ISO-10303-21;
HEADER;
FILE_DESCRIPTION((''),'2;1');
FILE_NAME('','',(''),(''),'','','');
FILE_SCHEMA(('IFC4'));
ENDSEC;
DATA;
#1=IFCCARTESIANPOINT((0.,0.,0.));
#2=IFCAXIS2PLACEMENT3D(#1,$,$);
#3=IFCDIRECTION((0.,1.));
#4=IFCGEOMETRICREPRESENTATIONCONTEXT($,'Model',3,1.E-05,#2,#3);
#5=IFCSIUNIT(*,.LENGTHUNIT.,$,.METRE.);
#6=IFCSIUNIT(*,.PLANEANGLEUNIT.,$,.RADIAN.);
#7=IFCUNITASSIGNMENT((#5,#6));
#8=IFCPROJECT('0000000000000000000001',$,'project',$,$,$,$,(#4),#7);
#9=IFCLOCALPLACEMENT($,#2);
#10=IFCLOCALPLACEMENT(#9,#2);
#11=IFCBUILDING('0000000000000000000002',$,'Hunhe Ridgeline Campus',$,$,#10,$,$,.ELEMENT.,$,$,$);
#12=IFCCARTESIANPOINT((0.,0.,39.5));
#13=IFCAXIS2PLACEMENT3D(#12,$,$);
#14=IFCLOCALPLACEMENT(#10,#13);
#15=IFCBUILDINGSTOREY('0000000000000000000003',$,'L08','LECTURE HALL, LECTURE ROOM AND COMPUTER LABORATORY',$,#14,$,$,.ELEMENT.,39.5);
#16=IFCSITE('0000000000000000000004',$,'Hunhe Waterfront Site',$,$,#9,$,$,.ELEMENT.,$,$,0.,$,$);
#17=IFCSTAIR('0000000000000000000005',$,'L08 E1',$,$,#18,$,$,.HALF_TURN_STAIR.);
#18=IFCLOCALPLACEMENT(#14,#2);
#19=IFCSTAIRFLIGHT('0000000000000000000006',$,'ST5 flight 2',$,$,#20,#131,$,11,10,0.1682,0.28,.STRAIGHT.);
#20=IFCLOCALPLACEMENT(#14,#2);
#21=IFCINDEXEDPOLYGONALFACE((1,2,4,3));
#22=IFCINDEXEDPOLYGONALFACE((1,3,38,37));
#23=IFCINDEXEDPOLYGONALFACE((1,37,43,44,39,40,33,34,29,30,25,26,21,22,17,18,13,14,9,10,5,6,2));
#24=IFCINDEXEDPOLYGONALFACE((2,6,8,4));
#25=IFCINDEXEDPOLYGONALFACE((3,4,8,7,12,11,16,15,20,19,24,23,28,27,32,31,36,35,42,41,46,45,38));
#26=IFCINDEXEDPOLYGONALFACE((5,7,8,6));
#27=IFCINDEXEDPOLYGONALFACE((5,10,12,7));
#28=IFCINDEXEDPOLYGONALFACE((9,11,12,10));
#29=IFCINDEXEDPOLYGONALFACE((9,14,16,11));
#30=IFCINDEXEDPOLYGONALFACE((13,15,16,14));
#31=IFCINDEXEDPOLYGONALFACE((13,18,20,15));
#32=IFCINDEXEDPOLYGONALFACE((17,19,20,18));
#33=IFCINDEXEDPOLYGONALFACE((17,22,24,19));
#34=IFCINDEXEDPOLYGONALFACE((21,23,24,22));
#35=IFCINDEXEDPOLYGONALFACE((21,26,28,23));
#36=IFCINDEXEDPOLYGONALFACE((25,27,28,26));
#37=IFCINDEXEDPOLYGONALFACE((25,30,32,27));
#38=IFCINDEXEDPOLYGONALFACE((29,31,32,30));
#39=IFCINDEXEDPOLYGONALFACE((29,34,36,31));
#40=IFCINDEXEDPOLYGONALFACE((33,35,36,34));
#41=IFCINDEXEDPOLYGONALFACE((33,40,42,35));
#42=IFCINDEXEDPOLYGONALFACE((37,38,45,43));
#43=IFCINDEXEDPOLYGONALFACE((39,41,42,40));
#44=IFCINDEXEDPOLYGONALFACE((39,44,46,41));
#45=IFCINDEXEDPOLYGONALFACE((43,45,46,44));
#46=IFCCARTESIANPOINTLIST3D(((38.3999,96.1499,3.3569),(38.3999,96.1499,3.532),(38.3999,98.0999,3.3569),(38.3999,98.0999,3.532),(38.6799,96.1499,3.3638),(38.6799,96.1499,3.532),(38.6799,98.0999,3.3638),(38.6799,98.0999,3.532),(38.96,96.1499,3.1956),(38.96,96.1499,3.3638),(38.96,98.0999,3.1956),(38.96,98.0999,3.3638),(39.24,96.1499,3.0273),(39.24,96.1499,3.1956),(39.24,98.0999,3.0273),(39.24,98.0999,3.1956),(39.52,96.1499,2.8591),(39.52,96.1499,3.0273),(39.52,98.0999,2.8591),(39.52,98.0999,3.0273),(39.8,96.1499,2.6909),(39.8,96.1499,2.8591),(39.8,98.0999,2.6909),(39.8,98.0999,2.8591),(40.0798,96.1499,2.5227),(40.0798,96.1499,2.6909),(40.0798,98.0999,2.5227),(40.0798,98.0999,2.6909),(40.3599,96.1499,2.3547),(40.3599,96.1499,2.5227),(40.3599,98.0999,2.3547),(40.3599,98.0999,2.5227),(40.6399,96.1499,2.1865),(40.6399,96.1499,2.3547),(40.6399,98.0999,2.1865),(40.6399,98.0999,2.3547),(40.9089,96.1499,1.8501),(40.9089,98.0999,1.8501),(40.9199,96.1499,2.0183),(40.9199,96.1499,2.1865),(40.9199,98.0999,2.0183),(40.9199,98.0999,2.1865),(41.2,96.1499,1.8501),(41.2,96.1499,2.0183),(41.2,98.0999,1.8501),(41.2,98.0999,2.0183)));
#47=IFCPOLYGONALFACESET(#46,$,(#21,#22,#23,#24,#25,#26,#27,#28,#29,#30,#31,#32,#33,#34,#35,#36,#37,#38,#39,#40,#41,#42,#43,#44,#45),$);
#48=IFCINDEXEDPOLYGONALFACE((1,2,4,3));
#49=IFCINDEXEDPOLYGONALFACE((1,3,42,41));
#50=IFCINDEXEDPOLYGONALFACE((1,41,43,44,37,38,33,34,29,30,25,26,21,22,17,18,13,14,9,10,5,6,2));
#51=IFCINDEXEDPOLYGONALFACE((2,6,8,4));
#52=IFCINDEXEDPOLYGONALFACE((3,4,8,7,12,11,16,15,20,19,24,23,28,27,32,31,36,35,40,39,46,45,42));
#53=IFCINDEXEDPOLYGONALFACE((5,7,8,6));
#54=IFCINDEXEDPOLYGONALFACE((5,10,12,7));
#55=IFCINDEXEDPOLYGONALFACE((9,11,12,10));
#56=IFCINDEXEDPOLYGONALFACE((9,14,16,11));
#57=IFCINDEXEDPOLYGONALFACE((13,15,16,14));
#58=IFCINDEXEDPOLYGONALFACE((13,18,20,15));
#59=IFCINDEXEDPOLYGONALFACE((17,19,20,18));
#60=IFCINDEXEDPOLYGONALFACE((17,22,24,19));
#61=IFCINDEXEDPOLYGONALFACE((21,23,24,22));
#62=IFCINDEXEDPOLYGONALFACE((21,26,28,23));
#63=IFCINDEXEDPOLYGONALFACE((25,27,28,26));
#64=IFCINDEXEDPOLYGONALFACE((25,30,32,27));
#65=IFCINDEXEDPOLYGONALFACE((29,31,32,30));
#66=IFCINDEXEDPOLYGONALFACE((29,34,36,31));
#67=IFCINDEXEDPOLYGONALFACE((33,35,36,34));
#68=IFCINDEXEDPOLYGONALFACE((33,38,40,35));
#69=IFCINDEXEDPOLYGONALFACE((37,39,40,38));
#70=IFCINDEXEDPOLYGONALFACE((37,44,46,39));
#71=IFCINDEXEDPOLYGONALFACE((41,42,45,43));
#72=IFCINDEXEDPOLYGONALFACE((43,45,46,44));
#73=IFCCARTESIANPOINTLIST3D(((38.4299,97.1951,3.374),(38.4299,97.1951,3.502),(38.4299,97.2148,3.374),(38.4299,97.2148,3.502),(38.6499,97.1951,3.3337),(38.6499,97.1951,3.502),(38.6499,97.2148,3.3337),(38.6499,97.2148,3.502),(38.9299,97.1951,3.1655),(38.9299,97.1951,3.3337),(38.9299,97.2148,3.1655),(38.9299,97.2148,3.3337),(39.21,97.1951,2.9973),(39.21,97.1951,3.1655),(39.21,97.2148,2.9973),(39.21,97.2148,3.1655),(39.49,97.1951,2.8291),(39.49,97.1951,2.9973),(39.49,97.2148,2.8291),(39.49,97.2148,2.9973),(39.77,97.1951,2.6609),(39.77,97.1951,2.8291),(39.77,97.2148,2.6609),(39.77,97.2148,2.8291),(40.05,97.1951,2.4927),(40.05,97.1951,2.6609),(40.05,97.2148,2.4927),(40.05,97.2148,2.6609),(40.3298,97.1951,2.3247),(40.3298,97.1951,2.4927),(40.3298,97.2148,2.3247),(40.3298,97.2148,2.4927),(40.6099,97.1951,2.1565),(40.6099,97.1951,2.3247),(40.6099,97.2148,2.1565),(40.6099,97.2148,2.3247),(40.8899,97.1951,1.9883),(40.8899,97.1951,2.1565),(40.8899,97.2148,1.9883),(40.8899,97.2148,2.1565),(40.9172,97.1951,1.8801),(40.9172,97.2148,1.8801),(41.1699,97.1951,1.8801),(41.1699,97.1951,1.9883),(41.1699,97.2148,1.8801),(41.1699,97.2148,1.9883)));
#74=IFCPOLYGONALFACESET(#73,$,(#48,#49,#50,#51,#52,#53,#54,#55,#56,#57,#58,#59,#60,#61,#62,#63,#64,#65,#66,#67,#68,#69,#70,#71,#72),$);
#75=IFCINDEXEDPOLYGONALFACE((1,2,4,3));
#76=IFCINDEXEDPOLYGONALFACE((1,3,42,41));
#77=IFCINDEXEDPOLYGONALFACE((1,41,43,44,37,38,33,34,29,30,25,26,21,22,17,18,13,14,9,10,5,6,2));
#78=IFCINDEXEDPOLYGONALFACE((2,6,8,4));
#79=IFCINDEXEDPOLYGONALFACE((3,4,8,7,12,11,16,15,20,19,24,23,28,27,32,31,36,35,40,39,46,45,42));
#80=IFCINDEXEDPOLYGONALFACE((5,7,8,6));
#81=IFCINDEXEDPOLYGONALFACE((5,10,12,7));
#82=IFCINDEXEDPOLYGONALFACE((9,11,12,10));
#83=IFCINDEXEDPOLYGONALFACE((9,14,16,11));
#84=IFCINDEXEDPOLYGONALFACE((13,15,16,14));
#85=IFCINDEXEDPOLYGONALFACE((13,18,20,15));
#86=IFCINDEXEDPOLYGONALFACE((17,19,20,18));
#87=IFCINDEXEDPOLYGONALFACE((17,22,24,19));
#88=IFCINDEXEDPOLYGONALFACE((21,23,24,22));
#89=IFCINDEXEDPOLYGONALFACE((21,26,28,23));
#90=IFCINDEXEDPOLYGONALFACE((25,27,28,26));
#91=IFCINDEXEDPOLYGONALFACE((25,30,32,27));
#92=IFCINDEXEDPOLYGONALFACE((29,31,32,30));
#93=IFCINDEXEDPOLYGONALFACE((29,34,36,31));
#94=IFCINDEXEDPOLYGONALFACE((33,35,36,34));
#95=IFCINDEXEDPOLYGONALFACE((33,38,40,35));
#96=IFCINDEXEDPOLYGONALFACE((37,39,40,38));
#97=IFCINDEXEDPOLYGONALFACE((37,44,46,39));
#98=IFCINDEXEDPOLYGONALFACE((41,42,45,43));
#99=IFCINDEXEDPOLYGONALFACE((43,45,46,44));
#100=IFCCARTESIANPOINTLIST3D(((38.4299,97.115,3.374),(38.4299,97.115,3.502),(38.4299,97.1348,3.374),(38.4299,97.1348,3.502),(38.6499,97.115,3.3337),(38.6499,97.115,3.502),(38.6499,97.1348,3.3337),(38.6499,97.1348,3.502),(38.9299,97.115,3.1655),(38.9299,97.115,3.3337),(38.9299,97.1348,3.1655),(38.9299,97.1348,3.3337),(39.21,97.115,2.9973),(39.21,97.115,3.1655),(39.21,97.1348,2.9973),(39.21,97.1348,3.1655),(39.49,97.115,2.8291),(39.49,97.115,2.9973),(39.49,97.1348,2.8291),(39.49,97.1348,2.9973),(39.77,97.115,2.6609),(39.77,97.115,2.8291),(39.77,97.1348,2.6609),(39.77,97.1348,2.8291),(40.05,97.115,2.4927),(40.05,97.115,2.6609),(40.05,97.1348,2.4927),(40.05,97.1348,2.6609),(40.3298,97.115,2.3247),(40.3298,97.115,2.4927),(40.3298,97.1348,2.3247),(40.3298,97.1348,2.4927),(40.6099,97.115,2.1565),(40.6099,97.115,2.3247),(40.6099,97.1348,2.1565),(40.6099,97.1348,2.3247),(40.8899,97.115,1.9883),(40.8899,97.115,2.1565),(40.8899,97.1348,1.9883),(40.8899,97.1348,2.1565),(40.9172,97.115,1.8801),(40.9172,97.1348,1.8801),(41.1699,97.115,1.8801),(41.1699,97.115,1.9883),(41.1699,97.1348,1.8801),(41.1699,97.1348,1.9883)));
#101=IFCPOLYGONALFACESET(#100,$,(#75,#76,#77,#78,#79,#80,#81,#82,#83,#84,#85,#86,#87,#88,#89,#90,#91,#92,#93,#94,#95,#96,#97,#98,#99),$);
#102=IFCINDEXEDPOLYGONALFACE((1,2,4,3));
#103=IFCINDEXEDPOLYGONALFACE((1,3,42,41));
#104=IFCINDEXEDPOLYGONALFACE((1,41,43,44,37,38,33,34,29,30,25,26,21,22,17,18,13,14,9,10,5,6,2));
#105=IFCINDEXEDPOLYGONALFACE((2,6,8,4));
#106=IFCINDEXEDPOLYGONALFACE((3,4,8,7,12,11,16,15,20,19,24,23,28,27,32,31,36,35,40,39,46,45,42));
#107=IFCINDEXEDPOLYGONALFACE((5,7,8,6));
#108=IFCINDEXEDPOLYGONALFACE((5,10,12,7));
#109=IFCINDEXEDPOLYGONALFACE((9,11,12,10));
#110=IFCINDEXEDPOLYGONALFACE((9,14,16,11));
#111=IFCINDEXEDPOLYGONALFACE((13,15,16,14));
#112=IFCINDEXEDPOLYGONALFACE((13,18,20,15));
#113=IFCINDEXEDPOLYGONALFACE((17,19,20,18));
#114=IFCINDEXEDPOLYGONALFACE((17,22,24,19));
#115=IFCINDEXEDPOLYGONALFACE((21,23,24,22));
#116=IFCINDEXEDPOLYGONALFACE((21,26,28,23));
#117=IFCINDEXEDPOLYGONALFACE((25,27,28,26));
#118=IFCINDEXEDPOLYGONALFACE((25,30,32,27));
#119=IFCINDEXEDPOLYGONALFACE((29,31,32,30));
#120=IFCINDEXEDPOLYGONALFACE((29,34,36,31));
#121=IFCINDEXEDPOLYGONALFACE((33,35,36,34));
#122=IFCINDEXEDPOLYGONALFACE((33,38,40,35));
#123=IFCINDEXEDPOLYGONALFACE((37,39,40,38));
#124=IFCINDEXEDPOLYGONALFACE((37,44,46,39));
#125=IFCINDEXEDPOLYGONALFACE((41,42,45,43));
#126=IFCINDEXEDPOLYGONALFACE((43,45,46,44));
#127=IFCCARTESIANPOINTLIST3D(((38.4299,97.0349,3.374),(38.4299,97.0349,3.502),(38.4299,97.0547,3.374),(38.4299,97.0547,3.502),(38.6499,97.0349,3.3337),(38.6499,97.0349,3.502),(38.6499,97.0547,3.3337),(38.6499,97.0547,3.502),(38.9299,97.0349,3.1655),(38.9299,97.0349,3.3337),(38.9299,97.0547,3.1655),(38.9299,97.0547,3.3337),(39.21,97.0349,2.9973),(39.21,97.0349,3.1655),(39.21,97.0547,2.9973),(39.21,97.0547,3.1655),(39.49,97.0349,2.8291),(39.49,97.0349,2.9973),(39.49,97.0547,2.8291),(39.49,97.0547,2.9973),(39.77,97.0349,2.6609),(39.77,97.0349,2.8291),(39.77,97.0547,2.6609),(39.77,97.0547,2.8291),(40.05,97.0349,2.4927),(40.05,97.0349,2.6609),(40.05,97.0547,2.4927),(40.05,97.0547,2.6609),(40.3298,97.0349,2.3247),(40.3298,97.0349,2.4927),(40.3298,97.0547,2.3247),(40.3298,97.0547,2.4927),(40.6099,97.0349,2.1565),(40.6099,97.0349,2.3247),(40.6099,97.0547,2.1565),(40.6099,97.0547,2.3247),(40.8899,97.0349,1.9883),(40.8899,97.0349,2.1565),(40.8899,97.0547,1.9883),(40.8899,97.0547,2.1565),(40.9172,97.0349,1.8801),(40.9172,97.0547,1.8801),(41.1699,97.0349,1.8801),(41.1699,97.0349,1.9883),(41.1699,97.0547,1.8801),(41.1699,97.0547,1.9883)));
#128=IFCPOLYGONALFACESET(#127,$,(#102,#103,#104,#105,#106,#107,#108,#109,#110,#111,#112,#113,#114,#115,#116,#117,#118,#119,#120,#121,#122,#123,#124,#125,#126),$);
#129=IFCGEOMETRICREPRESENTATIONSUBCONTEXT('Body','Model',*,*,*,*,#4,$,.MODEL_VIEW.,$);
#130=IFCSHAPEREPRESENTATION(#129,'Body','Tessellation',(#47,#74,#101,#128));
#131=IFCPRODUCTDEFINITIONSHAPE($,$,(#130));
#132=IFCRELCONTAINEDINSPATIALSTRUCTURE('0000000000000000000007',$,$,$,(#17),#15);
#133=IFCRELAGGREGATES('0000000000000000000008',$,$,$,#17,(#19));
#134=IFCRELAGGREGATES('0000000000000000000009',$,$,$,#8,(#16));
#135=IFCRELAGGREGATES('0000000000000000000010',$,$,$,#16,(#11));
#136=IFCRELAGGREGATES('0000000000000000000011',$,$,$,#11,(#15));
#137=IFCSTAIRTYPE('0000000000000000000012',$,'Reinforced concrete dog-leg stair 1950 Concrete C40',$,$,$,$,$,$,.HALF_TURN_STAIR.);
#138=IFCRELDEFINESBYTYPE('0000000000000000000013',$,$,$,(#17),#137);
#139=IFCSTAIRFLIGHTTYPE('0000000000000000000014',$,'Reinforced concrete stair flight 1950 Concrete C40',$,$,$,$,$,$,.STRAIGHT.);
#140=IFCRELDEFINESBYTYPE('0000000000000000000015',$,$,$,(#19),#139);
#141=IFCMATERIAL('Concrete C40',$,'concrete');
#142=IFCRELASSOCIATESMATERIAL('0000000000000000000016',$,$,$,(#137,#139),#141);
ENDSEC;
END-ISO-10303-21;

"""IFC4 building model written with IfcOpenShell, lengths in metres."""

from ifc_helpers import new_model, si_unit, direction, frame, origin, place, context, subcontext, project, spatial, polyline, outline, extrude, material, type_object, element, aggregate, save


model = new_model("IFC4")

# Units and contexts
model_context = context("Model", 3, precision=1e-05, world=origin(), true_north=direction((0.0, 1.0)))
body_context = subcontext(model_context, "Body", "Model", "MODEL_VIEW")
ifc_project = project(units=[si_unit("LENGTHUNIT", "METRE"), si_unit("PLANEANGLEUNIT", "RADIAN")], contexts=[model_context])

# Site, building, storey
site_placement = place(None, origin())
site = spatial("IfcSite", under=ifc_project, at=site_placement, Name="Hunhe Waterfront Site", CompositionType="ELEMENT", RefElevation=0.0)
building_placement = place(site_placement, origin())
building = spatial("IfcBuilding", under=site, at=building_placement, Name="Hunhe Ridgeline Campus", CompositionType="ELEMENT")
storey_placement = place(building_placement, frame((0.0, 0.0, 39.5)))
storey = spatial("IfcBuildingStorey", under=building, at=storey_placement, Name="L08", Description="LECTURE HALL, LECTURE ROOM AND COMPUTER LABORATORY", CompositionType="ELEMENT", Elevation=39.5)

# Stair, stair flight
ifc_material_1 = material(Name="Concrete C40", Category="concrete")
stair_type = type_object("IfcStairType", Name="Reinforced concrete dog-leg stair 1950 Concrete C40", PredefinedType="HALF_TURN_STAIR", material=ifc_material_1)
stair_1_placement = place(storey_placement, origin())
stair_1 = element("IfcStair", 1, at=stair_1_placement, inside=storey, type_object=stair_type, Name="L08 E1", PredefinedType="HALF_TURN_STAIR")
stair_flight_type = type_object("IfcStairFlightType", Name="Reinforced concrete stair flight 1950 Concrete C40", PredefinedType="STRAIGHT", material=ifc_material_1)
stair_flight_1_placement = place(storey_placement, frame((41.2, 97.125, 1.8501), z_axis=(0.0, 0.0, 1.0), x_axis=(-1.0, 0.0, 0.0)))
stair_flight_1 = element("IfcStairFlight", 2, at=stair_flight_1_placement, type_object=stair_flight_type, Name="ST5 flight 2", NumberOfRisers=11, NumberOfTreads=10, PredefinedType="STRAIGHT", RiserHeight=0.1682, TreadLength=0.28, context=body_context, shape_type="SweptSolid", body=[
    extrude(outline(polyline([(0.0, 0.0), (0.0, 0.1682), (0.28, 0.1682), (0.28, 0.3364), (0.5601, 0.3364), (0.5601, 0.5046), (0.8401, 0.5046), (0.8401, 0.6726), (1.1201, 0.6726), (1.1201, 0.8408), (1.3999, 0.8408), (1.3999, 1.009), (1.6799, 1.009), (1.6799, 1.1772), (1.96, 1.1772), (1.96, 1.3455), (2.24, 1.3455), (2.24, 1.5137), (2.52, 1.5137), (2.52, 1.6819), (2.8, 1.6819), (2.8, 1.8501), (2.8, 1.5068), (0.291, 0.0), (0.0, 0.0)])), frame((0.0, 0.9751, 0.0), z_axis=(0.0, -1.0, 0.0), x_axis=(1.0, 0.0, 0.0)), (0.0, 0.0, 1.0), 1.95),
    extrude(outline(polyline([(0.03, 0.03), (0.03, 0.1382), (0.3101, 0.1382), (0.3101, 0.3064), (0.5901, 0.3064), (0.5901, 0.4746), (0.8701, 0.4746), (0.8701, 0.6426), (1.1499, 0.6426), (1.1499, 0.8108), (1.4299, 0.8108), (1.4299, 0.979), (1.71, 0.979), (1.71, 1.1472), (1.99, 1.1472), (1.99, 1.3154), (2.27, 1.3154), (2.27, 1.4836), (2.55, 1.4836), (2.55, 1.6519), (2.77, 1.6519), (2.77, 1.5239), (0.2827, 0.03), (0.03, 0.03)])), frame((0.0, -0.0701, 0.0), z_axis=(0.0, -1.0, 0.0), x_axis=(1.0, 0.0, 0.0)), (0.0, 0.0, 1.0), 0.0198),
    extrude(outline(polyline([(0.03, 0.03), (0.03, 0.1382), (0.3101, 0.1382), (0.3101, 0.3064), (0.5901, 0.3064), (0.5901, 0.4746), (0.8701, 0.4746), (0.8701, 0.6426), (1.1499, 0.6426), (1.1499, 0.8108), (1.4299, 0.8108), (1.4299, 0.979), (1.71, 0.979), (1.71, 1.1472), (1.99, 1.1472), (1.99, 1.3154), (2.27, 1.3154), (2.27, 1.4836), (2.55, 1.4836), (2.55, 1.6519), (2.77, 1.6519), (2.77, 1.5239), (0.2827, 0.03), (0.03, 0.03)])), frame((0.0, 0.01, 0.0), z_axis=(0.0, -1.0, 0.0), x_axis=(1.0, 0.0, 0.0)), (0.0, 0.0, 1.0), 0.0198),
    extrude(outline(polyline([(0.03, 0.03), (0.03, 0.1382), (0.3101, 0.1382), (0.3101, 0.3064), (0.5901, 0.3064), (0.5901, 0.4746), (0.8701, 0.4746), (0.8701, 0.6426), (1.1499, 0.6426), (1.1499, 0.8108), (1.4299, 0.8108), (1.4299, 0.979), (1.71, 0.979), (1.71, 1.1472), (1.99, 1.1472), (1.99, 1.3154), (2.27, 1.3154), (2.27, 1.4836), (2.55, 1.4836), (2.55, 1.6519), (2.77, 1.6519), (2.77, 1.5239), (0.2827, 0.03), (0.03, 0.03)])), frame((0.0, 0.0901, 0.0), z_axis=(0.0, -1.0, 0.0), x_axis=(1.0, 0.0, 0.0)), (0.0, 0.0, 1.0), 0.0198),
])
aggregate(stair_1, [stair_flight_1])

save(model, "model.ifc")
